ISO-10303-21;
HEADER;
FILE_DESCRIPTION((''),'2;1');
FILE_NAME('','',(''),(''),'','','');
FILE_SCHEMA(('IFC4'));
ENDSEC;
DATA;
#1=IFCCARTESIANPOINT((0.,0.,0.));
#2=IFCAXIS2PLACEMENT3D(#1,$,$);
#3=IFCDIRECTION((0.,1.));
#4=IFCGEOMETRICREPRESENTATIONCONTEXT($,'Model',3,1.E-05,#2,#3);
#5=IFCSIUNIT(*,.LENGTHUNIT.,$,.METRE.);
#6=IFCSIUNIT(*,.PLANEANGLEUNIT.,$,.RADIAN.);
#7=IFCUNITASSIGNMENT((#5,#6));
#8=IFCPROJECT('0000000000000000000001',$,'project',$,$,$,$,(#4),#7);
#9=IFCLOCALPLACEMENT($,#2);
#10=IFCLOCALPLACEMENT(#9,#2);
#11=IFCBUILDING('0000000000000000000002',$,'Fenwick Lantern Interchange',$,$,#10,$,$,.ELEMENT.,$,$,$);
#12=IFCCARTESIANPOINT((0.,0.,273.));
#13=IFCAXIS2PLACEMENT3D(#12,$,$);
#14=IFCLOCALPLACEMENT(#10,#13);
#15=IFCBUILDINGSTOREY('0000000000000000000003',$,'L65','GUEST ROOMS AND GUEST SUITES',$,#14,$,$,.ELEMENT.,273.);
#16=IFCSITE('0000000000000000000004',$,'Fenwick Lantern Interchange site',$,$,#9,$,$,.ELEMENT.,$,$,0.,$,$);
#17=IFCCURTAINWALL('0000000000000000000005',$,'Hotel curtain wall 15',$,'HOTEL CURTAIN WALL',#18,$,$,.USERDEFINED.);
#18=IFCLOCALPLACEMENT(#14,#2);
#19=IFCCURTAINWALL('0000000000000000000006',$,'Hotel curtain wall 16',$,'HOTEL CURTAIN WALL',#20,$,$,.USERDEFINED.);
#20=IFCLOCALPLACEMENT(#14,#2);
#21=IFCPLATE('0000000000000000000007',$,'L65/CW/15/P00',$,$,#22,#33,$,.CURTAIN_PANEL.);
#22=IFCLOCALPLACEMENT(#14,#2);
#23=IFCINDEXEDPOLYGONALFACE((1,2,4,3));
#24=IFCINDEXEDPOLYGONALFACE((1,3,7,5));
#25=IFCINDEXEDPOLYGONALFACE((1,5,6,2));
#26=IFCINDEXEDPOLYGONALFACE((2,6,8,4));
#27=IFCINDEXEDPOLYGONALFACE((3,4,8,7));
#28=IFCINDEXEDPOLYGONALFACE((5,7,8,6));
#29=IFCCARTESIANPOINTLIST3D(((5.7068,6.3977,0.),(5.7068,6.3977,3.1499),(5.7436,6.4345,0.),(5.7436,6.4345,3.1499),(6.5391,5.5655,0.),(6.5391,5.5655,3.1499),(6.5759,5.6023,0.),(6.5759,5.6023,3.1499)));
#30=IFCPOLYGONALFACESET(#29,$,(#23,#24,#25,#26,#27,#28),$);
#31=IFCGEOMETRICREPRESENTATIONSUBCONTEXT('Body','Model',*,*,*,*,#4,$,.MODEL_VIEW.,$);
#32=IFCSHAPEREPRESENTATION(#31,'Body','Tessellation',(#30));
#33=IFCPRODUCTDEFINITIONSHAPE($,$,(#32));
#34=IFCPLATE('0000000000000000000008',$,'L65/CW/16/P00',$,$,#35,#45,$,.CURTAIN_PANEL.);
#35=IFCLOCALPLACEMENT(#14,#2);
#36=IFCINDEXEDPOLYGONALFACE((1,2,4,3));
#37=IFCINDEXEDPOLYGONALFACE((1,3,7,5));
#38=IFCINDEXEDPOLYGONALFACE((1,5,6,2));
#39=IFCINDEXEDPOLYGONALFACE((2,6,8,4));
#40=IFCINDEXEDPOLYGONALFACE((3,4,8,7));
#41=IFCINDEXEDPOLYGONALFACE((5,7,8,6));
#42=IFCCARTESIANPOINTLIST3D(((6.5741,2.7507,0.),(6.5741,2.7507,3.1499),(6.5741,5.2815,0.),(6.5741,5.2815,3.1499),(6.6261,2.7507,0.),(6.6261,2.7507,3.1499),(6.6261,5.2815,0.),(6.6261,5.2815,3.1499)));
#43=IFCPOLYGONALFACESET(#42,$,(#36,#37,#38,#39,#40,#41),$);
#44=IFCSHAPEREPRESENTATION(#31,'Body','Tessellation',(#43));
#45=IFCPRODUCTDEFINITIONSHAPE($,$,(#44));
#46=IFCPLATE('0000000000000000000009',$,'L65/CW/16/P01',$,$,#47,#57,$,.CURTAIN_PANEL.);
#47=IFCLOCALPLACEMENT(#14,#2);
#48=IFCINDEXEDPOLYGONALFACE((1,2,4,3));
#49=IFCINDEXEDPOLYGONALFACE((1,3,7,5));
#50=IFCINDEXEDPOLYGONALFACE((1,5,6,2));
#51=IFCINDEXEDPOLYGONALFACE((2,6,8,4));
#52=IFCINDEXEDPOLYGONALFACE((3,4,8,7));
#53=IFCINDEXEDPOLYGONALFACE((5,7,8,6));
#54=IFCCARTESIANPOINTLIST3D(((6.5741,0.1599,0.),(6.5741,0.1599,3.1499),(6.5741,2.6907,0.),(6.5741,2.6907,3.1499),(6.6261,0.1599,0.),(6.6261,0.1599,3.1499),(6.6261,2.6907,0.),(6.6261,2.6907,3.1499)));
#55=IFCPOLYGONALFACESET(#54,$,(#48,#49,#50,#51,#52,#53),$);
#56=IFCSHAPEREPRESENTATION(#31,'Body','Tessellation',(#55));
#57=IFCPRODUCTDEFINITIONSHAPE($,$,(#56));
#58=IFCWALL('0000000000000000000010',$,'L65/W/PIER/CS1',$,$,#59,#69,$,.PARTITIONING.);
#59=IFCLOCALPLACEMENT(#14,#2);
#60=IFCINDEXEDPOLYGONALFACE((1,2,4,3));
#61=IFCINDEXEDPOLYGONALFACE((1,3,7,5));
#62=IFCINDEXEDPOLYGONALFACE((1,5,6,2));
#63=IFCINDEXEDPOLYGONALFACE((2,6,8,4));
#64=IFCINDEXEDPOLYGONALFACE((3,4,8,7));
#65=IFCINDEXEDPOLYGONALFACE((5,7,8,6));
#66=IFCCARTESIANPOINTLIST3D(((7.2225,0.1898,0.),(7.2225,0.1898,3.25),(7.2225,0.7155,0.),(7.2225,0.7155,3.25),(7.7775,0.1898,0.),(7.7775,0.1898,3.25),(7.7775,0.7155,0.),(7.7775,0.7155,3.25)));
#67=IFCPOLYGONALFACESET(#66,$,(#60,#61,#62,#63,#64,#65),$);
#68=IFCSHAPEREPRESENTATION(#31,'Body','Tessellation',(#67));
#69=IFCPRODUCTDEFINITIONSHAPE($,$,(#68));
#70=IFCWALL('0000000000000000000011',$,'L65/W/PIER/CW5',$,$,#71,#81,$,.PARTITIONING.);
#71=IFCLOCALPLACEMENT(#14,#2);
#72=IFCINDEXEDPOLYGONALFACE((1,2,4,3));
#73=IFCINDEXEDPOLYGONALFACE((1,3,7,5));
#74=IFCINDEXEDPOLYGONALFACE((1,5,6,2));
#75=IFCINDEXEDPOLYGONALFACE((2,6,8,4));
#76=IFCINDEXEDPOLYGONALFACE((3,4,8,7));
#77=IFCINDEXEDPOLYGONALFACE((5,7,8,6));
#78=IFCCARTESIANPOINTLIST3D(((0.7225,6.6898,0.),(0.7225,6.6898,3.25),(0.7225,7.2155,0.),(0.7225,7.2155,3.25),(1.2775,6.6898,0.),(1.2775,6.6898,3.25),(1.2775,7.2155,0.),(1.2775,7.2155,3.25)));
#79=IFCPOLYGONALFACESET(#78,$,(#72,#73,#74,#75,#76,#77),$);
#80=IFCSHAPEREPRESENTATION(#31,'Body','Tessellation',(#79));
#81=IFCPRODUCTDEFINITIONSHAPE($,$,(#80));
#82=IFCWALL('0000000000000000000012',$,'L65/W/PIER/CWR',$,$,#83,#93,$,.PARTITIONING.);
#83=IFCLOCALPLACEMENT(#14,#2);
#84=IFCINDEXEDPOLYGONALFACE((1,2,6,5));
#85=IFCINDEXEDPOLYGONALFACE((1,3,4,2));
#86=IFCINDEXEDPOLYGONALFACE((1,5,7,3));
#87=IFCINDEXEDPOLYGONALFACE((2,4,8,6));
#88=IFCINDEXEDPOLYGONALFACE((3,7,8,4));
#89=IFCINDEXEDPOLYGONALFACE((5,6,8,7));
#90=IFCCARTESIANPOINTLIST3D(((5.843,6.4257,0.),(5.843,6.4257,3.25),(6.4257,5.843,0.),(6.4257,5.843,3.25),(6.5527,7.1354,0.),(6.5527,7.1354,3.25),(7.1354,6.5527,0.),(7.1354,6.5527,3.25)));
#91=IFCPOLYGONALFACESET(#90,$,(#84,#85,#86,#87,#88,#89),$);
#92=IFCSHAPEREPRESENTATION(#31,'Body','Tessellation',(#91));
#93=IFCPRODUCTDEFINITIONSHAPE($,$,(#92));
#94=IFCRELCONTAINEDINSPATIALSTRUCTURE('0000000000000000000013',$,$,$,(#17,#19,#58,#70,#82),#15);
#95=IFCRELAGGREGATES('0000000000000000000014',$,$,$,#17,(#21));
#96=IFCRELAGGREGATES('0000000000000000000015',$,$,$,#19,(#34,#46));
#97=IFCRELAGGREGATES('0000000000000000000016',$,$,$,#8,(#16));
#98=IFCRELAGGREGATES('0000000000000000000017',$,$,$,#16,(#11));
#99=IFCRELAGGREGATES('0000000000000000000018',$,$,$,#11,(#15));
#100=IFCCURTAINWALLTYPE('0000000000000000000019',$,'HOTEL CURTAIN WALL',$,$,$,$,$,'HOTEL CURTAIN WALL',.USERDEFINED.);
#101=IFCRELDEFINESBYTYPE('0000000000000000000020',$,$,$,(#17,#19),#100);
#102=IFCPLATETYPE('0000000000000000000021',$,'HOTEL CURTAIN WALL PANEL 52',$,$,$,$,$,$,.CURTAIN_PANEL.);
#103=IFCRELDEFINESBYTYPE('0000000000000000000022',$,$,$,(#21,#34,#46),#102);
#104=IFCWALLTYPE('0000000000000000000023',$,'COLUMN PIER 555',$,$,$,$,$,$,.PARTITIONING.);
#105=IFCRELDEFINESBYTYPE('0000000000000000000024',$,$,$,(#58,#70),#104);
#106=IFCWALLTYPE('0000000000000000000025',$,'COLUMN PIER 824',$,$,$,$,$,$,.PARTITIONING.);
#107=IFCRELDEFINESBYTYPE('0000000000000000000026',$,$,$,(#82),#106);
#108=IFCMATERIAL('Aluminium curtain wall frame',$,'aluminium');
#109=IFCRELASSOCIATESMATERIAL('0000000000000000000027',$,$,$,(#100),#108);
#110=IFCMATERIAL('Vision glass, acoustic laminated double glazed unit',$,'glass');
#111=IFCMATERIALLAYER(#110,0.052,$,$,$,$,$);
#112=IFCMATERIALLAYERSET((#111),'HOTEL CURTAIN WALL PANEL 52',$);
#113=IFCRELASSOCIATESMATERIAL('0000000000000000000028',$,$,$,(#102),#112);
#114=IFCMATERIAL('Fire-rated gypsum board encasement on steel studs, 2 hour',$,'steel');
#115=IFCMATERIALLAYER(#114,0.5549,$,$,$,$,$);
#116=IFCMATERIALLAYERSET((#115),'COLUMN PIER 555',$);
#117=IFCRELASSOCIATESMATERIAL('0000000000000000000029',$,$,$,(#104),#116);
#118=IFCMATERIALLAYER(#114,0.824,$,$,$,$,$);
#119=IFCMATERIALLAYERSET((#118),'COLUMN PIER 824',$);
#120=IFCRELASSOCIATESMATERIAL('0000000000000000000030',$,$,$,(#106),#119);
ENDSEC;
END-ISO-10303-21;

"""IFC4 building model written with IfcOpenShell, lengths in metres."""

from ifc_helpers import new_model, si_unit, direction, frame, frame_2d, origin, origin_2d, place, context, subcontext, project, spatial, rectangle, extrude, material, layer, layer_set, type_object, element, aggregate, save


model = new_model("IFC4")

# Units and contexts
model_context = context("Model", 3, precision=1e-05, world=origin(), true_north=direction((0.0, 1.0)))
body_context = subcontext(model_context, "Body", "Model", "MODEL_VIEW")
ifc_project = project(units=[si_unit("LENGTHUNIT", "METRE"), si_unit("PLANEANGLEUNIT", "RADIAN")], contexts=[model_context])

# Site, building, storey
site_placement = place(None, origin())
site = spatial("IfcSite", under=ifc_project, at=site_placement, Name="Fenwick Lantern Interchange site", CompositionType="ELEMENT", RefElevation=0.0)
building_placement = place(site_placement, origin())
building = spatial("IfcBuilding", under=site, at=building_placement, Name="Fenwick Lantern Interchange", CompositionType="ELEMENT")
storey_placement = place(building_placement, frame((0.0, 0.0, 273.0)))
storey = spatial("IfcBuildingStorey", under=building, at=storey_placement, Name="L65", Description="GUEST ROOMS AND GUEST SUITES", CompositionType="ELEMENT", Elevation=273.0)

# Shared definitions
ifc_material_1 = material(Name="Aluminium curtain wall frame", Category="aluminium")
curtain_wall_type = type_object("IfcCurtainWallType", Name="HOTEL CURTAIN WALL", ElementType="HOTEL CURTAIN WALL", PredefinedType="USERDEFINED", material=ifc_material_1)

# Curtain walls
curtain_wall_1_placement = place(storey_placement, origin())
curtain_wall_1 = element("IfcCurtainWall", 1, at=curtain_wall_1_placement, inside=storey, type_object=curtain_wall_type, Name="Hotel curtain wall 15", ObjectType="HOTEL CURTAIN WALL", PredefinedType="USERDEFINED")
curtain_wall_2_placement = place(storey_placement, origin())
curtain_wall_2 = element("IfcCurtainWall", 2, at=curtain_wall_2_placement, inside=storey, type_object=curtain_wall_type, Name="Hotel curtain wall 16", ObjectType="HOTEL CURTAIN WALL", PredefinedType="USERDEFINED")

# Plates
ifc_material_2 = material(Name="Vision glass, acoustic laminated double glazed unit", Category="glass")
ifc_layer_1 = layer(ifc_material_2, 0.052)
ifc_layer_set_1 = layer_set([ifc_layer_1], Name="HOTEL CURTAIN WALL PANEL 52")
plate_type = type_object("IfcPlateType", Name="HOTEL CURTAIN WALL PANEL 52", PredefinedType="CURTAIN_PANEL", material=ifc_layer_set_1)
plate_1_placement = place(storey_placement, frame((6.1414, 6.0, 0.0), z_axis=(0.0, 0.0, 1.0), x_axis=(0.707107, -0.707107, 0.0)))
plate_1 = element("IfcPlate", 3, at=plate_1_placement, type_object=plate_type, Name="L65/CW/15/P00", PredefinedType="CURTAIN_PANEL", context=body_context, shape_type="SweptSolid", body=[
    extrude(rectangle(XDim=1.177, YDim=0.052, at=origin_2d()), origin(), (0.0, 0.0, 1.0), 3.1499),
])
aggregate(curtain_wall_1, [plate_1])
plate_2_placement = place(storey_placement, frame((6.6001, 4.0161, 0.0), z_axis=(0.0, 0.0, 1.0), x_axis=(0.0, -1.0, 0.0)))
plate_2 = element("IfcPlate", 4, at=plate_2_placement, type_object=plate_type, Name="L65/CW/16/P00", PredefinedType="CURTAIN_PANEL", context=body_context, shape_type="SweptSolid", body=[
    extrude(rectangle(XDim=2.5308, YDim=0.052, at=origin_2d()), origin(), (0.0, 0.0, 1.0), 3.1499),
])
plate_3_placement = place(storey_placement, frame((6.6001, 1.4253, 0.0), z_axis=(0.0, 0.0, 1.0), x_axis=(0.0, -1.0, 0.0)))
plate_3 = element("IfcPlate", 5, at=plate_3_placement, type_object=plate_type, Name="L65/CW/16/P01", PredefinedType="CURTAIN_PANEL", context=body_context, shape_type="SweptSolid", body=[
    extrude(rectangle(XDim=2.5308, YDim=0.052, at=origin_2d()), origin(), (0.0, 0.0, 1.0), 3.1499),
])
aggregate(curtain_wall_2, [plate_2, plate_3])

# Walls
ifc_material_3 = material(Name="Fire-rated gypsum board encasement on steel studs, 2 hour", Category="steel")
ifc_layer_2 = layer(ifc_material_3, 0.5549)
ifc_layer_set_2 = layer_set([ifc_layer_2], Name="COLUMN PIER 555")
wall_type_1 = type_object("IfcWallType", Name="COLUMN PIER 555", PredefinedType="PARTITIONING", material=ifc_layer_set_2)
for number, where, z_axis, x_axis, name in (
    (6, (7.5, 0.1899, 0.0), (0.0, 0.0, 1.0), (0.0, 1.0, 0.0), "L65/W/PIER/CS1"),
    (7, (1.0, 6.6899, 0.0), (0.0, 0.0, 1.0), (0.0, 1.0, 0.0), "L65/W/PIER/CW5"),
):
    element("IfcWall", number, at=place(storey_placement, frame(where, z_axis=z_axis, x_axis=x_axis)), inside=storey, type_object=wall_type_1, Name=name, PredefinedType="PARTITIONING", context=body_context, shape_type="SweptSolid", body=[
        extrude(rectangle(XDim=0.5256, YDim=0.5549, at=frame_2d((0.2627, 0.0))), origin(), (0.0, 0.0, 1.0), 3.25),
    ])
ifc_layer_3 = layer(ifc_material_3, 0.824)
ifc_layer_set_3 = layer_set([ifc_layer_3], Name="COLUMN PIER 824")
wall_type_2 = type_object("IfcWallType", Name="COLUMN PIER 824", PredefinedType="PARTITIONING", material=ifc_layer_set_3)
wall_placement = place(storey_placement, frame((6.1343, 6.1343, 0.0), z_axis=(0.0, 0.0, 1.0), x_axis=(0.707107, 0.707107, 0.0)))
element("IfcWall", 8, at=wall_placement, inside=storey, type_object=wall_type_2, Name="L65/W/PIER/CWR", PredefinedType="PARTITIONING", context=body_context, shape_type="SweptSolid", body=[
    extrude(rectangle(XDim=1.0037, YDim=0.824, at=frame_2d((0.502, 0.0))), origin(), (0.0, 0.0, 1.0), 3.25),
])

save(model, "model.ifc")
